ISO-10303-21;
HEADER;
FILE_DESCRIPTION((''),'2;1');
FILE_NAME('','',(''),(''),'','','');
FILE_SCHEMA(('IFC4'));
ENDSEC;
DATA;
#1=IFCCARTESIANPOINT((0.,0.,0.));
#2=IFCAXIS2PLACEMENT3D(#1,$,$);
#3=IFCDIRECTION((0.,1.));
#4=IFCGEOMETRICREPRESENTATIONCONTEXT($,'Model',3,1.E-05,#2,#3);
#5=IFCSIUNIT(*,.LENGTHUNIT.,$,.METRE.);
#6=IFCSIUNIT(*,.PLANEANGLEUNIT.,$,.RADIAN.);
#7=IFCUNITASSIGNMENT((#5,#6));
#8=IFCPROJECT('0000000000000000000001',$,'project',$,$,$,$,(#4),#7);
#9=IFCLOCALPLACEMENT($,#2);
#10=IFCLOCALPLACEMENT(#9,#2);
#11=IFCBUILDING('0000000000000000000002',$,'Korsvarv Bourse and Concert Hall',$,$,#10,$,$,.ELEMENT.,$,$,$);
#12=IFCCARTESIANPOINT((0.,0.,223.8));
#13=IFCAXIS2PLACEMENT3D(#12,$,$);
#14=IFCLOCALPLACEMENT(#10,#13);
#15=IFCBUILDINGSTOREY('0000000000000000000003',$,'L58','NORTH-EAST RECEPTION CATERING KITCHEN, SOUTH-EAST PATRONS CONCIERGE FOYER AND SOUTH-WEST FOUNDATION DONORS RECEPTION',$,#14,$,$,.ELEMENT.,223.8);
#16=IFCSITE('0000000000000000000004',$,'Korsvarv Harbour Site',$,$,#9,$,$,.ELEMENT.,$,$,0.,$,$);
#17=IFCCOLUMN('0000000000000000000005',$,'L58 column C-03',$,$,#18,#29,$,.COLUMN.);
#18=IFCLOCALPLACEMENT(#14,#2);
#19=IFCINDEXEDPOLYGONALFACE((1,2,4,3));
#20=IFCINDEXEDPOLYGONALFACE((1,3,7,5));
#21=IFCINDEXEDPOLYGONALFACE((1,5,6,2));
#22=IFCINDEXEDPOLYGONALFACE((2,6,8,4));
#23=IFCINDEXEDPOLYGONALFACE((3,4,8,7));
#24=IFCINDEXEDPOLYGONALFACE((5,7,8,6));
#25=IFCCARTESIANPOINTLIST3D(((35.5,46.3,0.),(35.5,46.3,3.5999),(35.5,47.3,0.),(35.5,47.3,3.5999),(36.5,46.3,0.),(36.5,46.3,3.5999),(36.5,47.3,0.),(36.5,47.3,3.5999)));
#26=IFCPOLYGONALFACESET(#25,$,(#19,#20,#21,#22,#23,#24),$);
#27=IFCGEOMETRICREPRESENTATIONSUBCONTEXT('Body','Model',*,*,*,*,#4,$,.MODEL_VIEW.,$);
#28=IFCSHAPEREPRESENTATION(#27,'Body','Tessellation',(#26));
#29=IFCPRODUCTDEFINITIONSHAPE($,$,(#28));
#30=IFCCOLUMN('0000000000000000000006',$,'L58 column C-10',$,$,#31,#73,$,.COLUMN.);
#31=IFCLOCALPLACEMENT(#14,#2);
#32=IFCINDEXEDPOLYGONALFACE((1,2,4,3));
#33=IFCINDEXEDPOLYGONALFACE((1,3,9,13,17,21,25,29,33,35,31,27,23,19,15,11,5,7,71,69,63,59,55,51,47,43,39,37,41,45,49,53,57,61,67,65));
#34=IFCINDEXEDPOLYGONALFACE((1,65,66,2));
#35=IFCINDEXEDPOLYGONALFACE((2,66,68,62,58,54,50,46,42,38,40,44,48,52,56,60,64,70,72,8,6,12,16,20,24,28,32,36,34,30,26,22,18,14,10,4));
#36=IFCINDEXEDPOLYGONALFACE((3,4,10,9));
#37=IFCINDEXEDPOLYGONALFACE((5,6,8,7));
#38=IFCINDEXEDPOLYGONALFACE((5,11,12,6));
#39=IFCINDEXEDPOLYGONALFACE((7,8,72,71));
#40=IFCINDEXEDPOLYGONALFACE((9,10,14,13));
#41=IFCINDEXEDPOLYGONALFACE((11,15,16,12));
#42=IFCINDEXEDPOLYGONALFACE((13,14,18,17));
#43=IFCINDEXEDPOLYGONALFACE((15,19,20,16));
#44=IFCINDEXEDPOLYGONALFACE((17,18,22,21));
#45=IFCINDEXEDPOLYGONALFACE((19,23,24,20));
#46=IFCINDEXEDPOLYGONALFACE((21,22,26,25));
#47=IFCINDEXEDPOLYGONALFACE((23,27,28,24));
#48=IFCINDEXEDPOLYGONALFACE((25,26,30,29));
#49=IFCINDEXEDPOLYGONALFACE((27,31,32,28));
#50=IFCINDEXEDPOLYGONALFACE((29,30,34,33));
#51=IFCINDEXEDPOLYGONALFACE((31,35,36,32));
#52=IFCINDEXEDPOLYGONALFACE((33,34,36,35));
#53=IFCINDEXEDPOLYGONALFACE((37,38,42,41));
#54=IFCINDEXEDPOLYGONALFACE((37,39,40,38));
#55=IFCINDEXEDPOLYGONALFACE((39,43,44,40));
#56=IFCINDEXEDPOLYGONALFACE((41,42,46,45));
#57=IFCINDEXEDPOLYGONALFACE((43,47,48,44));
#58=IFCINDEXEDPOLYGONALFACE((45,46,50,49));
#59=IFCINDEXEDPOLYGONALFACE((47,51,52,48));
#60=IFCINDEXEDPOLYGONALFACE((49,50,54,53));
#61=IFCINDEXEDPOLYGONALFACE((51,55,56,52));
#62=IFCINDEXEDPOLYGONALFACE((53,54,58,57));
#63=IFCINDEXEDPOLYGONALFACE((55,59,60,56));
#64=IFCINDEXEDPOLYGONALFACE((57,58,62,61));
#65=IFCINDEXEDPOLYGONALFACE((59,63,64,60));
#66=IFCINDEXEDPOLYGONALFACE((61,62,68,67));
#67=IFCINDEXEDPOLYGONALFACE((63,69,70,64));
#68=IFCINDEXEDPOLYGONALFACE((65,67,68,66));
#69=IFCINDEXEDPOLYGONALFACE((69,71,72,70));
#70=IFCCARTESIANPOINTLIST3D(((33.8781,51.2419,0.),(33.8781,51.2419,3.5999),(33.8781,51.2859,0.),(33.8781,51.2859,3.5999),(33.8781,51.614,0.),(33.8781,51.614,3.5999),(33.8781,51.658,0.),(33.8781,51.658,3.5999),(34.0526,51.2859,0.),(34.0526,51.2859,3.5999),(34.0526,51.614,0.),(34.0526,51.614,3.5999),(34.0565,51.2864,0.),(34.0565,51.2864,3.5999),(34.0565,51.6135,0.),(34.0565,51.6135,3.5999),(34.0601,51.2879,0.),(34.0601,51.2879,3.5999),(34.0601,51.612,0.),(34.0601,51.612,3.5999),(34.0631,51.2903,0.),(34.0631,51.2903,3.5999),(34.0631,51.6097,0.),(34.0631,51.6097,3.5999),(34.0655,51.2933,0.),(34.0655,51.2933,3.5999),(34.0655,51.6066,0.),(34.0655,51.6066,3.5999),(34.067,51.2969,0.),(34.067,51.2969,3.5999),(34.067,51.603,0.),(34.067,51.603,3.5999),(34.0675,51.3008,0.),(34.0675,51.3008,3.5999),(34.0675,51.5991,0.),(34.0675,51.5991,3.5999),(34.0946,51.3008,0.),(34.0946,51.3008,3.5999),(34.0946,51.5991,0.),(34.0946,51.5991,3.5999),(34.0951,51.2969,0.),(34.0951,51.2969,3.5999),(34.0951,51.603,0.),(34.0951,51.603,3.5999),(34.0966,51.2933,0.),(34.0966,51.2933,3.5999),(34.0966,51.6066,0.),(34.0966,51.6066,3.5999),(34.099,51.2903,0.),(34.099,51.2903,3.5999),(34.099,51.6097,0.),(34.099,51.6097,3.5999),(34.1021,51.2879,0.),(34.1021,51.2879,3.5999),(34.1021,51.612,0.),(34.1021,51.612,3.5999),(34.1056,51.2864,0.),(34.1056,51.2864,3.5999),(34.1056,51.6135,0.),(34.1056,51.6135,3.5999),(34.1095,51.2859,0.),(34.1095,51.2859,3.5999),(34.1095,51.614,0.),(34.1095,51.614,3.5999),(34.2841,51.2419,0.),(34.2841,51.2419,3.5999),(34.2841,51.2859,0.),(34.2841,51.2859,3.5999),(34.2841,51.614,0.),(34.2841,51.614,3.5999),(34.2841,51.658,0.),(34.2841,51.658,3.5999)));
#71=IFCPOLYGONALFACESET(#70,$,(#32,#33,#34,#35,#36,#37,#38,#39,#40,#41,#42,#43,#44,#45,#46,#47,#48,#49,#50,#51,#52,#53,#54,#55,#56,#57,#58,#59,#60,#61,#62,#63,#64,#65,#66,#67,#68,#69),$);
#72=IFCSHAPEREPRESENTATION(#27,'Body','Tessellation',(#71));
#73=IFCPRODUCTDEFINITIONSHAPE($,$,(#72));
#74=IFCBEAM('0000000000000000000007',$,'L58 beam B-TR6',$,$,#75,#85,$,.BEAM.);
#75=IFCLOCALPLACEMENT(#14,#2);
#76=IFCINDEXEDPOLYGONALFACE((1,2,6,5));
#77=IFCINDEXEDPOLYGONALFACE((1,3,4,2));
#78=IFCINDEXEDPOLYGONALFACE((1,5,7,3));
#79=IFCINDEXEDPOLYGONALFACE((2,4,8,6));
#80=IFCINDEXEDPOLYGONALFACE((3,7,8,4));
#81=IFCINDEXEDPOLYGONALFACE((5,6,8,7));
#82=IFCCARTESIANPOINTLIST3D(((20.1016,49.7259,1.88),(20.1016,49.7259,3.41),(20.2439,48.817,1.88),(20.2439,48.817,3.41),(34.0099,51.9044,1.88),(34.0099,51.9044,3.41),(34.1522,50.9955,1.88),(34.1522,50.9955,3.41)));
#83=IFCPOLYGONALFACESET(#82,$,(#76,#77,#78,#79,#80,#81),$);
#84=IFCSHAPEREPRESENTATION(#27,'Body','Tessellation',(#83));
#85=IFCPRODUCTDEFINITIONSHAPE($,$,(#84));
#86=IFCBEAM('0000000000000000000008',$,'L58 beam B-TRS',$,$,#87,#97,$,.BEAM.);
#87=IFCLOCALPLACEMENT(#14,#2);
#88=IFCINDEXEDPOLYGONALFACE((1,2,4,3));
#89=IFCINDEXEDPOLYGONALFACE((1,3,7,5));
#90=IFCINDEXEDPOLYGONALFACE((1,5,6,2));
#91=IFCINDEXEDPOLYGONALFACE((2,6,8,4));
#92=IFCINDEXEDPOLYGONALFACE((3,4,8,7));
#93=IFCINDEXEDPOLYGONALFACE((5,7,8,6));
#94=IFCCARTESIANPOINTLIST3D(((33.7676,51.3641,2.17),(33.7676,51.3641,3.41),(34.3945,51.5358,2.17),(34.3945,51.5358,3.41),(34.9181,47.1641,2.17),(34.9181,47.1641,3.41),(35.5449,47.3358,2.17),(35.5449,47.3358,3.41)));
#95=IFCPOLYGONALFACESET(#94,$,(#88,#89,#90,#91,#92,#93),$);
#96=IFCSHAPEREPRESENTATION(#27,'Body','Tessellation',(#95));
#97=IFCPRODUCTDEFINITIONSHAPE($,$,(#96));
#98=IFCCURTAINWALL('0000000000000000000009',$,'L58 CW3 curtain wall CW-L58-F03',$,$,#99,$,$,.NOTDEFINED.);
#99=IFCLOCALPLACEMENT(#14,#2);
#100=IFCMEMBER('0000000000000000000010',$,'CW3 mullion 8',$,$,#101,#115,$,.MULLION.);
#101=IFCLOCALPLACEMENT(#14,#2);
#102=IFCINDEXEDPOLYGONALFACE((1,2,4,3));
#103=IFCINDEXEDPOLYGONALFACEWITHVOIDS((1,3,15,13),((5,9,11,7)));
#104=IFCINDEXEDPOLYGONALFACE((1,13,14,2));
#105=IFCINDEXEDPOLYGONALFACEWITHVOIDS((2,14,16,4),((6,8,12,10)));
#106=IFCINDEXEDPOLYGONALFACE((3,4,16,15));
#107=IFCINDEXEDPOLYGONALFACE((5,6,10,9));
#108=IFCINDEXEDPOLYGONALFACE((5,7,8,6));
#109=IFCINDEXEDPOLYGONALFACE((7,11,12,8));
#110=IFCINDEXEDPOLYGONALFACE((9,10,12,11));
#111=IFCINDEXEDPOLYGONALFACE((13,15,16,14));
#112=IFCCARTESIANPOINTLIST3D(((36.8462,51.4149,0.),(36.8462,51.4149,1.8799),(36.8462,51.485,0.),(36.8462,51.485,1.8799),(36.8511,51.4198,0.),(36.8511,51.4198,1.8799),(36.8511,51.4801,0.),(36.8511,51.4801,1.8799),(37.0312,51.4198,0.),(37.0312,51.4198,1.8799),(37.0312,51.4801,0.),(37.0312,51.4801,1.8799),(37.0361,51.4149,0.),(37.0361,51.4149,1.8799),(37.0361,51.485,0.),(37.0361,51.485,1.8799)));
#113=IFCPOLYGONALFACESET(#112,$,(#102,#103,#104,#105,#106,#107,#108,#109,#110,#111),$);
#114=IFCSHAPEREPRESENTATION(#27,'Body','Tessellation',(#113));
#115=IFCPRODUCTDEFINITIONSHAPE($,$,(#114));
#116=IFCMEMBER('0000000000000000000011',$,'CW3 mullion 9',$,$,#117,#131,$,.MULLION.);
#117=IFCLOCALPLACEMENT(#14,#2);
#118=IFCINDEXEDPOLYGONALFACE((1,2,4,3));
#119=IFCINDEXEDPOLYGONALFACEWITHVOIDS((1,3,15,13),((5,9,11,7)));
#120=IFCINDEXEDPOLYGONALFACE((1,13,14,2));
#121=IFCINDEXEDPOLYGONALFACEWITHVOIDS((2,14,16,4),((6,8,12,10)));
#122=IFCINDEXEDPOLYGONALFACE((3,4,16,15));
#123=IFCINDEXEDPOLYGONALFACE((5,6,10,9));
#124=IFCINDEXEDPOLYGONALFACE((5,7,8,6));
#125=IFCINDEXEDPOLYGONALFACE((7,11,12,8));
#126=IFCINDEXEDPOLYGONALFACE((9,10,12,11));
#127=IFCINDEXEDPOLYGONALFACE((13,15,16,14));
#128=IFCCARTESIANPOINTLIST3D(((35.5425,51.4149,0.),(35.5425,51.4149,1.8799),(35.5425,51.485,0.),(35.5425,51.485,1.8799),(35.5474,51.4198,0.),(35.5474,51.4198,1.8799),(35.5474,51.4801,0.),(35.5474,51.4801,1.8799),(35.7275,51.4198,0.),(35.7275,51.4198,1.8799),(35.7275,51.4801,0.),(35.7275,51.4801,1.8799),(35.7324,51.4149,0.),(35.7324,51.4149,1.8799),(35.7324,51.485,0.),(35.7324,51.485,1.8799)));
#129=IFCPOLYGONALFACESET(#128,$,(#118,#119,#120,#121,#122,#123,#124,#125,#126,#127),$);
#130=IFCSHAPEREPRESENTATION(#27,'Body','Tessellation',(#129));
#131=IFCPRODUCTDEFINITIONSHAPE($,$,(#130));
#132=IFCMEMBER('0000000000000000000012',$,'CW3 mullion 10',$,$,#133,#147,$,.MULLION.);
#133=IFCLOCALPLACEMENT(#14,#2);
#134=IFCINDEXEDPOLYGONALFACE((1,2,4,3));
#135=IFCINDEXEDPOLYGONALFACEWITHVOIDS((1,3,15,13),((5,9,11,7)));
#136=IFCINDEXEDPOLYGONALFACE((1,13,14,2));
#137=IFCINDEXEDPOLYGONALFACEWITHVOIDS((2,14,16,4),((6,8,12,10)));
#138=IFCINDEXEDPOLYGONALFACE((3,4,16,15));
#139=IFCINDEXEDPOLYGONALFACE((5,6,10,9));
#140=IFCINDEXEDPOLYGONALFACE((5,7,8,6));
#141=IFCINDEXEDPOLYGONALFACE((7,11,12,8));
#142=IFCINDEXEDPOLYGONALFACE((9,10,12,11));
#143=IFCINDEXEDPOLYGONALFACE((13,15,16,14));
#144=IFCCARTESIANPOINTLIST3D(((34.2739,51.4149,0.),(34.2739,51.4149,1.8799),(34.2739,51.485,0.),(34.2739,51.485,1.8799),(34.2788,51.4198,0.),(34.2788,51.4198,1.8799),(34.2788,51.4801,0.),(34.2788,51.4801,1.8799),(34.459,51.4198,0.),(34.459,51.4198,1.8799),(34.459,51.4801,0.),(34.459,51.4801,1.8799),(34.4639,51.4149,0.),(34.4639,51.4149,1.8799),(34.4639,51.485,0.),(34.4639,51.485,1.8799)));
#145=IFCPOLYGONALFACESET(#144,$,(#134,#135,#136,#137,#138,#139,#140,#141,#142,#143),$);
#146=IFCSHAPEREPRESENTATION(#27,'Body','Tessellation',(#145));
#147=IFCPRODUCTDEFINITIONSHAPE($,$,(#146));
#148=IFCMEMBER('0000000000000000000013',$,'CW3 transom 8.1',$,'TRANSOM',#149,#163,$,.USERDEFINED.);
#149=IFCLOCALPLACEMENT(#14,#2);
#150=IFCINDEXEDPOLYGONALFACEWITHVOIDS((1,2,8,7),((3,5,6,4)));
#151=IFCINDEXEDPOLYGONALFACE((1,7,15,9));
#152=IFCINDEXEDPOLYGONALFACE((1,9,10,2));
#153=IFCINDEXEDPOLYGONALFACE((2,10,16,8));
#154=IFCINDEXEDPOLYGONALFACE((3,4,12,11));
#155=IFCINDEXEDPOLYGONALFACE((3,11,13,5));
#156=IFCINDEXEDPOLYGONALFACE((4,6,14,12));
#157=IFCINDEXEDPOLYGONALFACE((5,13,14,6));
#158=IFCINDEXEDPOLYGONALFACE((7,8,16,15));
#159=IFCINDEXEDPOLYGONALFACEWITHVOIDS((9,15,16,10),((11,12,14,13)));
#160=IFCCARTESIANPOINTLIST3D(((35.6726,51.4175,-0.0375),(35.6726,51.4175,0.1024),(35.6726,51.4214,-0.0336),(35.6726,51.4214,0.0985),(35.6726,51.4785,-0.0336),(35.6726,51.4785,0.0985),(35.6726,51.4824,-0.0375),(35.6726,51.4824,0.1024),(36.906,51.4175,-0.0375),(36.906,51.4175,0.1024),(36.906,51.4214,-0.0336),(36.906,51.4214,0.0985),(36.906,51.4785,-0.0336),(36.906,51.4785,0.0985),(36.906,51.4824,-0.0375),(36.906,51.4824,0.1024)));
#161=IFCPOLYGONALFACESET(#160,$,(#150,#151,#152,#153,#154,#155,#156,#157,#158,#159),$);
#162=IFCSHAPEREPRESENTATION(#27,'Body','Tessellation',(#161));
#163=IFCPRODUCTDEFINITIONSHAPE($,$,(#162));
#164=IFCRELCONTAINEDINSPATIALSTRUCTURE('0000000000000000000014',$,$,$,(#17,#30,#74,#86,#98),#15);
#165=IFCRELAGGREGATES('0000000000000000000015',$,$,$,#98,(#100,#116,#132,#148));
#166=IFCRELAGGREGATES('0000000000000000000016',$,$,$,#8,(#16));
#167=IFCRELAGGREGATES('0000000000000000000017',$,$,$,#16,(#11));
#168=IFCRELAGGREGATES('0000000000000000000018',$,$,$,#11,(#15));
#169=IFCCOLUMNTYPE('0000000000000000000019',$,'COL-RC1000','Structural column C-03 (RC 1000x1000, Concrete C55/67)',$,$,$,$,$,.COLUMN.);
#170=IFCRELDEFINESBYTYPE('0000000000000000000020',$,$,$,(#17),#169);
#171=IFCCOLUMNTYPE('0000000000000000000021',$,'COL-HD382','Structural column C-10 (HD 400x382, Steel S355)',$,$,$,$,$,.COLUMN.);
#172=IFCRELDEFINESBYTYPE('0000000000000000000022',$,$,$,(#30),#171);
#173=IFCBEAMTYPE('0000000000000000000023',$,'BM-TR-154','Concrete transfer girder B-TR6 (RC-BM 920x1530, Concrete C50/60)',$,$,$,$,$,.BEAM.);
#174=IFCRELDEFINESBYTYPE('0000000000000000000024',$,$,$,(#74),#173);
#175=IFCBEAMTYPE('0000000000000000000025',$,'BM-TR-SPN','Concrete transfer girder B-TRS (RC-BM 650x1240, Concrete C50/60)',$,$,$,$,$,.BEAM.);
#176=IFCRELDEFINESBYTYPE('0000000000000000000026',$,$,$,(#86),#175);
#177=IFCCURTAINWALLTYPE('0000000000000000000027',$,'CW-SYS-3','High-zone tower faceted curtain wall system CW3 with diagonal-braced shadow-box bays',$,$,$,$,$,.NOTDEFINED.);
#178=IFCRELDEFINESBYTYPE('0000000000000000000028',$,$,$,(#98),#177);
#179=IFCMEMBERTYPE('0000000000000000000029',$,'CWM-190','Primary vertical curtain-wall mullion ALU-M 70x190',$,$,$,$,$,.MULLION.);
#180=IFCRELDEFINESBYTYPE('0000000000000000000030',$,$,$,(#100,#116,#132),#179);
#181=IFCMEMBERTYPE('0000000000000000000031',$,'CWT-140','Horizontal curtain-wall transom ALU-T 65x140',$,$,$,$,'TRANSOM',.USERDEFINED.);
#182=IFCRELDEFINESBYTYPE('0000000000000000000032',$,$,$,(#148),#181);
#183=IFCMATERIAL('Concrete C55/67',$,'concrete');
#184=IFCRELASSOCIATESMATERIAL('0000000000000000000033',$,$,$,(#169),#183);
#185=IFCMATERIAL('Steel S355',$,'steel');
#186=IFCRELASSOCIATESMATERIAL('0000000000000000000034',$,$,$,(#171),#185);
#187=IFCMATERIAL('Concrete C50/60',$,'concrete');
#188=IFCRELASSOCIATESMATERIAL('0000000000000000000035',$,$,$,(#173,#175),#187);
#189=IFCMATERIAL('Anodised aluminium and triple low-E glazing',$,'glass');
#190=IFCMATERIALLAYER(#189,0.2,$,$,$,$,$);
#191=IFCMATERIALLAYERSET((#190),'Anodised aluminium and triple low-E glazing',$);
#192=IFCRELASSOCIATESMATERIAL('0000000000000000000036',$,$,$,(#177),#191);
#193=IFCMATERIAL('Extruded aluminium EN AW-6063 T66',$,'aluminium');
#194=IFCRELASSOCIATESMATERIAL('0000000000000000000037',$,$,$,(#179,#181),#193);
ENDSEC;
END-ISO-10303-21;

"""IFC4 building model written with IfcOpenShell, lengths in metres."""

from ifc_helpers import new_model, si_unit, direction, frame, origin, origin_2d, place, context, subcontext, project, spatial, rectangle, hollow_rectangle, i_section, extrude, source, transform, mapped, material, layer, layer_set, material_profile, profile_set, type_object, element, aggregate, save


model = new_model("IFC4")

# Units and contexts
model_context = context("Model", 3, precision=1e-05, world=origin(), true_north=direction((0.0, 1.0)))
body_context = subcontext(model_context, "Body", "Model", "MODEL_VIEW")
ifc_project = project(units=[si_unit("LENGTHUNIT", "METRE"), si_unit("PLANEANGLEUNIT", "RADIAN")], contexts=[model_context])

# Site, building, storey
site_placement = place(None, origin())
site = spatial("IfcSite", under=ifc_project, at=site_placement, Name="Korsvarv Harbour Site", CompositionType="ELEMENT", RefElevation=0.0)
building_placement = place(site_placement, origin())
building = spatial("IfcBuilding", under=site, at=building_placement, Name="Korsvarv Bourse and Concert Hall", CompositionType="ELEMENT")
storey_placement = place(building_placement, frame((0.0, 0.0, 223.8)))
storey = spatial("IfcBuildingStorey", under=building, at=storey_placement, Name="L58", Description="NORTH-EAST RECEPTION CATERING KITCHEN, SOUTH-EAST PATRONS CONCIERGE FOYER AND SOUTH-WEST FOUNDATION DONORS RECEPTION", CompositionType="ELEMENT", Elevation=223.8)

# Columns
ifc_material_1 = material(Name="Concrete C55/67", Category="concrete")
ifc_material_profile_1 = material_profile(ifc_material_1, rectangle(XDim=1.0, YDim=1.0, at=origin_2d()), Name="RC 1000x1000")
ifc_profile_set_1 = profile_set([ifc_material_profile_1], Name="Concrete C55/67")
column_type_1 = type_object("IfcColumnType", Name="COL-RC1000", Description="Structural column C-03 (RC 1000x1000, Concrete C55/67)", PredefinedType="COLUMN", material=ifc_profile_set_1)
shared_shape_1 = source(origin(), body_context, "Body", "SweptSolid", [
    extrude(rectangle(XDim=1.0, YDim=1.0, at=origin_2d()), origin(), (0.0, 0.0, 1.0), 3.5999),
])
column_1_placement = place(storey_placement, frame((36.0, 46.8, 0.0), z_axis=(0.0, 0.0, 1.0), x_axis=(1.0, 0.0, 0.0)))
element("IfcColumn", 1, at=column_1_placement, inside=storey, type_object=column_type_1, Name="L58 column C-03", PredefinedType="COLUMN", context=body_context, shape_type="MappedRepresentation", body=[
    mapped(shared_shape_1, transform((0.0, 0.0, 0.0), scale=1.0)),
])
ifc_material_2 = material(Name="Steel S355", Category="steel")
ifc_material_profile_2 = material_profile(ifc_material_2, i_section(OverallWidth=0.406, OverallDepth=0.416, WebThickness=0.0271, FlangeThickness=0.0439, FilletRadius=0.0149, at=origin_2d()), Name="HD 400x382")
ifc_profile_set_2 = profile_set([ifc_material_profile_2], Name="Steel S355")
column_type_2 = type_object("IfcColumnType", Name="COL-HD382", Description="Structural column C-10 (HD 400x382, Steel S355)", PredefinedType="COLUMN", material=ifc_profile_set_2)
shared_shape_2 = source(origin(), body_context, "Body", "SweptSolid", [
    extrude(i_section(OverallWidth=0.406, OverallDepth=0.416, WebThickness=0.0271, FlangeThickness=0.0439, FilletRadius=0.0149, at=origin_2d()), origin(), (0.0, 0.0, 1.0), 3.5999),
])
column_2_placement = place(storey_placement, frame((34.0811, 51.45, 0.0), z_axis=(0.0, 0.0, 1.0), x_axis=(1.0, 0.0, 0.0)))
element("IfcColumn", 2, at=column_2_placement, inside=storey, type_object=column_type_2, Name="L58 column C-10", PredefinedType="COLUMN", context=body_context, shape_type="MappedRepresentation", body=[
    mapped(shared_shape_2, transform((0.0, 0.0, 0.0), scale=1.0)),
])

# Beams
ifc_material_3 = material(Name="Concrete C50/60", Category="concrete")
ifc_material_profile_3 = material_profile(ifc_material_3, rectangle(XDim=0.9199, YDim=1.53, at=origin_2d()), Name="RC-BM 920x1530")
ifc_profile_set_3 = profile_set([ifc_material_profile_3], Name="Concrete C50/60")
beam_type_1 = type_object("IfcBeamType", Name="BM-TR-154", Description="Concrete transfer girder B-TR6 (RC-BM 920x1530, Concrete C50/60)", PredefinedType="BEAM", material=ifc_profile_set_3)
shared_shape_3 = source(origin(), body_context, "Body", "SweptSolid", [
    extrude(rectangle(XDim=0.9199, YDim=1.53, at=origin_2d()), origin(), (0.0, 0.0, 1.0), 14.0779),
])
beam_1_placement = place(storey_placement, frame((34.0811, 51.45, 2.645), z_axis=(-0.987954, -0.154745, 0.0), x_axis=(0.154745, -0.987954, 0.0)))
element("IfcBeam", 3, at=beam_1_placement, inside=storey, type_object=beam_type_1, Name="L58 beam B-TR6", PredefinedType="BEAM", context=body_context, shape_type="MappedRepresentation", body=[
    mapped(shared_shape_3, transform((0.0, 0.0, 0.0), scale=1.0)),
])
ifc_material_profile_4 = material_profile(ifc_material_3, rectangle(XDim=0.6499, YDim=1.24, at=origin_2d()), Name="RC-BM 650x1240")
ifc_profile_set_4 = profile_set([ifc_material_profile_4], Name="Concrete C50/60")
beam_type_2 = type_object("IfcBeamType", Name="BM-TR-SPN", Description="Concrete transfer girder B-TRS (RC-BM 650x1240, Concrete C50/60)", PredefinedType="BEAM", material=ifc_profile_set_4)
shared_shape_4 = source(origin(), body_context, "Body", "SweptSolid", [
    extrude(rectangle(XDim=0.6499, YDim=1.24, at=origin_2d()), origin(), (0.0, 0.0, 1.0), 4.3547),
])
beam_2_placement = place(storey_placement, frame((34.0811, 51.45, 2.79), z_axis=(0.264175, -0.964475, 0.0), x_axis=(0.964475, 0.264175, 0.0)))
element("IfcBeam", 4, at=beam_2_placement, inside=storey, type_object=beam_type_2, Name="L58 beam B-TRS", PredefinedType="BEAM", context=body_context, shape_type="MappedRepresentation", body=[
    mapped(shared_shape_4, transform((0.0, 0.0, 0.0), scale=1.0)),
])

# Curtain wall, members
ifc_material_4 = material(Name="Anodised aluminium and triple low-E glazing", Category="glass")
ifc_layer_1 = layer(ifc_material_4, 0.2)
ifc_layer_set_1 = layer_set([ifc_layer_1], Name="Anodised aluminium and triple low-E glazing")
curtain_wall_type = type_object("IfcCurtainWallType", Name="CW-SYS-3", Description="High-zone tower faceted curtain wall system CW3 with diagonal-braced shadow-box bays", PredefinedType="NOTDEFINED", material=ifc_layer_set_1)
curtain_wall_placement = place(storey_placement, origin())
curtain_wall = element("IfcCurtainWall", 5, at=curtain_wall_placement, inside=storey, type_object=curtain_wall_type, Name="L58 CW3 curtain wall CW-L58-F03", PredefinedType="NOTDEFINED")
ifc_material_5 = material(Name="Extruded aluminium EN AW-6063 T66", Category="aluminium")
ifc_material_profile_5 = material_profile(ifc_material_5, hollow_rectangle(XDim=0.0701, YDim=0.1899, WallThickness=0.0049, at=origin_2d()), Name="ALU-M 70x190")
ifc_profile_set_5 = profile_set([ifc_material_profile_5], Name="Extruded aluminium EN AW-6063 T66")
member_type_1 = type_object("IfcMemberType", Name="CWM-190", Description="Primary vertical curtain-wall mullion ALU-M 70x190", PredefinedType="MULLION", material=ifc_profile_set_5)
shared_shape_5 = source(origin(), body_context, "Body", "SweptSolid", [
    extrude(hollow_rectangle(XDim=0.0701, YDim=0.1899, WallThickness=0.0049, at=origin_2d()), origin(), (0.0, 0.0, 1.0), 1.8799),
])
member_1_placement = place(storey_placement, frame((36.9412, 51.45, 0.0), z_axis=(0.0, 0.0, 1.0), x_axis=(0.0, -1.0, 0.0)))
member_1 = element("IfcMember", 6, at=member_1_placement, type_object=member_type_1, Name="CW3 mullion 8", PredefinedType="MULLION", context=body_context, shape_type="MappedRepresentation", body=[
    mapped(shared_shape_5, transform((0.0, 0.0, 0.0), scale=1.0)),
])
member_2_placement = place(storey_placement, frame((35.6375, 51.45, 0.0), z_axis=(0.0, 0.0, 1.0), x_axis=(0.0, -1.0, 0.0)))
member_2 = element("IfcMember", 7, at=member_2_placement, type_object=member_type_1, Name="CW3 mullion 9", PredefinedType="MULLION", context=body_context, shape_type="MappedRepresentation", body=[
    mapped(shared_shape_5, transform((0.0, 0.0, 0.0), scale=1.0)),
])
member_3_placement = place(storey_placement, frame((34.3689, 51.45, 0.0), z_axis=(0.0, 0.0, 1.0), x_axis=(0.0, -1.0, 0.0)))
member_3 = element("IfcMember", 8, at=member_3_placement, type_object=member_type_1, Name="CW3 mullion 10", PredefinedType="MULLION", context=body_context, shape_type="MappedRepresentation", body=[
    mapped(shared_shape_5, transform((0.0, 0.0, 0.0), scale=1.0)),
])
ifc_material_profile_6 = material_profile(ifc_material_5, hollow_rectangle(XDim=0.0649, YDim=0.1399, WallThickness=0.0039, at=origin_2d()), Name="ALU-T 65x140")
ifc_profile_set_6 = profile_set([ifc_material_profile_6], Name="Extruded aluminium EN AW-6063 T66")
member_type_2 = type_object("IfcMemberType", Name="CWT-140", Description="Horizontal curtain-wall transom ALU-T 65x140", ElementType="TRANSOM", PredefinedType="USERDEFINED", material=ifc_profile_set_6)
shared_shape_6 = source(origin(), body_context, "Body", "SweptSolid", [
    extrude(hollow_rectangle(XDim=0.0649, YDim=0.1399, WallThickness=0.0039, at=origin_2d()), origin(), (0.0, 0.0, 1.0), 1.2334),
])
member_4_placement = place(storey_placement, frame((36.906, 51.45, 0.0325), z_axis=(-1.0, 0.0, 0.0), x_axis=(0.0, -1.0, 0.0)))
member_4 = element("IfcMember", 9, at=member_4_placement, type_object=member_type_2, Name="CW3 transom 8.1", ObjectType="TRANSOM", PredefinedType="USERDEFINED", context=body_context, shape_type="MappedRepresentation", body=[
    mapped(shared_shape_6, transform((0.0, 0.0, 0.0), scale=1.0)),
])
aggregate(curtain_wall, [member_1, member_2, member_3, member_4])

save(model, "model.ifc")
